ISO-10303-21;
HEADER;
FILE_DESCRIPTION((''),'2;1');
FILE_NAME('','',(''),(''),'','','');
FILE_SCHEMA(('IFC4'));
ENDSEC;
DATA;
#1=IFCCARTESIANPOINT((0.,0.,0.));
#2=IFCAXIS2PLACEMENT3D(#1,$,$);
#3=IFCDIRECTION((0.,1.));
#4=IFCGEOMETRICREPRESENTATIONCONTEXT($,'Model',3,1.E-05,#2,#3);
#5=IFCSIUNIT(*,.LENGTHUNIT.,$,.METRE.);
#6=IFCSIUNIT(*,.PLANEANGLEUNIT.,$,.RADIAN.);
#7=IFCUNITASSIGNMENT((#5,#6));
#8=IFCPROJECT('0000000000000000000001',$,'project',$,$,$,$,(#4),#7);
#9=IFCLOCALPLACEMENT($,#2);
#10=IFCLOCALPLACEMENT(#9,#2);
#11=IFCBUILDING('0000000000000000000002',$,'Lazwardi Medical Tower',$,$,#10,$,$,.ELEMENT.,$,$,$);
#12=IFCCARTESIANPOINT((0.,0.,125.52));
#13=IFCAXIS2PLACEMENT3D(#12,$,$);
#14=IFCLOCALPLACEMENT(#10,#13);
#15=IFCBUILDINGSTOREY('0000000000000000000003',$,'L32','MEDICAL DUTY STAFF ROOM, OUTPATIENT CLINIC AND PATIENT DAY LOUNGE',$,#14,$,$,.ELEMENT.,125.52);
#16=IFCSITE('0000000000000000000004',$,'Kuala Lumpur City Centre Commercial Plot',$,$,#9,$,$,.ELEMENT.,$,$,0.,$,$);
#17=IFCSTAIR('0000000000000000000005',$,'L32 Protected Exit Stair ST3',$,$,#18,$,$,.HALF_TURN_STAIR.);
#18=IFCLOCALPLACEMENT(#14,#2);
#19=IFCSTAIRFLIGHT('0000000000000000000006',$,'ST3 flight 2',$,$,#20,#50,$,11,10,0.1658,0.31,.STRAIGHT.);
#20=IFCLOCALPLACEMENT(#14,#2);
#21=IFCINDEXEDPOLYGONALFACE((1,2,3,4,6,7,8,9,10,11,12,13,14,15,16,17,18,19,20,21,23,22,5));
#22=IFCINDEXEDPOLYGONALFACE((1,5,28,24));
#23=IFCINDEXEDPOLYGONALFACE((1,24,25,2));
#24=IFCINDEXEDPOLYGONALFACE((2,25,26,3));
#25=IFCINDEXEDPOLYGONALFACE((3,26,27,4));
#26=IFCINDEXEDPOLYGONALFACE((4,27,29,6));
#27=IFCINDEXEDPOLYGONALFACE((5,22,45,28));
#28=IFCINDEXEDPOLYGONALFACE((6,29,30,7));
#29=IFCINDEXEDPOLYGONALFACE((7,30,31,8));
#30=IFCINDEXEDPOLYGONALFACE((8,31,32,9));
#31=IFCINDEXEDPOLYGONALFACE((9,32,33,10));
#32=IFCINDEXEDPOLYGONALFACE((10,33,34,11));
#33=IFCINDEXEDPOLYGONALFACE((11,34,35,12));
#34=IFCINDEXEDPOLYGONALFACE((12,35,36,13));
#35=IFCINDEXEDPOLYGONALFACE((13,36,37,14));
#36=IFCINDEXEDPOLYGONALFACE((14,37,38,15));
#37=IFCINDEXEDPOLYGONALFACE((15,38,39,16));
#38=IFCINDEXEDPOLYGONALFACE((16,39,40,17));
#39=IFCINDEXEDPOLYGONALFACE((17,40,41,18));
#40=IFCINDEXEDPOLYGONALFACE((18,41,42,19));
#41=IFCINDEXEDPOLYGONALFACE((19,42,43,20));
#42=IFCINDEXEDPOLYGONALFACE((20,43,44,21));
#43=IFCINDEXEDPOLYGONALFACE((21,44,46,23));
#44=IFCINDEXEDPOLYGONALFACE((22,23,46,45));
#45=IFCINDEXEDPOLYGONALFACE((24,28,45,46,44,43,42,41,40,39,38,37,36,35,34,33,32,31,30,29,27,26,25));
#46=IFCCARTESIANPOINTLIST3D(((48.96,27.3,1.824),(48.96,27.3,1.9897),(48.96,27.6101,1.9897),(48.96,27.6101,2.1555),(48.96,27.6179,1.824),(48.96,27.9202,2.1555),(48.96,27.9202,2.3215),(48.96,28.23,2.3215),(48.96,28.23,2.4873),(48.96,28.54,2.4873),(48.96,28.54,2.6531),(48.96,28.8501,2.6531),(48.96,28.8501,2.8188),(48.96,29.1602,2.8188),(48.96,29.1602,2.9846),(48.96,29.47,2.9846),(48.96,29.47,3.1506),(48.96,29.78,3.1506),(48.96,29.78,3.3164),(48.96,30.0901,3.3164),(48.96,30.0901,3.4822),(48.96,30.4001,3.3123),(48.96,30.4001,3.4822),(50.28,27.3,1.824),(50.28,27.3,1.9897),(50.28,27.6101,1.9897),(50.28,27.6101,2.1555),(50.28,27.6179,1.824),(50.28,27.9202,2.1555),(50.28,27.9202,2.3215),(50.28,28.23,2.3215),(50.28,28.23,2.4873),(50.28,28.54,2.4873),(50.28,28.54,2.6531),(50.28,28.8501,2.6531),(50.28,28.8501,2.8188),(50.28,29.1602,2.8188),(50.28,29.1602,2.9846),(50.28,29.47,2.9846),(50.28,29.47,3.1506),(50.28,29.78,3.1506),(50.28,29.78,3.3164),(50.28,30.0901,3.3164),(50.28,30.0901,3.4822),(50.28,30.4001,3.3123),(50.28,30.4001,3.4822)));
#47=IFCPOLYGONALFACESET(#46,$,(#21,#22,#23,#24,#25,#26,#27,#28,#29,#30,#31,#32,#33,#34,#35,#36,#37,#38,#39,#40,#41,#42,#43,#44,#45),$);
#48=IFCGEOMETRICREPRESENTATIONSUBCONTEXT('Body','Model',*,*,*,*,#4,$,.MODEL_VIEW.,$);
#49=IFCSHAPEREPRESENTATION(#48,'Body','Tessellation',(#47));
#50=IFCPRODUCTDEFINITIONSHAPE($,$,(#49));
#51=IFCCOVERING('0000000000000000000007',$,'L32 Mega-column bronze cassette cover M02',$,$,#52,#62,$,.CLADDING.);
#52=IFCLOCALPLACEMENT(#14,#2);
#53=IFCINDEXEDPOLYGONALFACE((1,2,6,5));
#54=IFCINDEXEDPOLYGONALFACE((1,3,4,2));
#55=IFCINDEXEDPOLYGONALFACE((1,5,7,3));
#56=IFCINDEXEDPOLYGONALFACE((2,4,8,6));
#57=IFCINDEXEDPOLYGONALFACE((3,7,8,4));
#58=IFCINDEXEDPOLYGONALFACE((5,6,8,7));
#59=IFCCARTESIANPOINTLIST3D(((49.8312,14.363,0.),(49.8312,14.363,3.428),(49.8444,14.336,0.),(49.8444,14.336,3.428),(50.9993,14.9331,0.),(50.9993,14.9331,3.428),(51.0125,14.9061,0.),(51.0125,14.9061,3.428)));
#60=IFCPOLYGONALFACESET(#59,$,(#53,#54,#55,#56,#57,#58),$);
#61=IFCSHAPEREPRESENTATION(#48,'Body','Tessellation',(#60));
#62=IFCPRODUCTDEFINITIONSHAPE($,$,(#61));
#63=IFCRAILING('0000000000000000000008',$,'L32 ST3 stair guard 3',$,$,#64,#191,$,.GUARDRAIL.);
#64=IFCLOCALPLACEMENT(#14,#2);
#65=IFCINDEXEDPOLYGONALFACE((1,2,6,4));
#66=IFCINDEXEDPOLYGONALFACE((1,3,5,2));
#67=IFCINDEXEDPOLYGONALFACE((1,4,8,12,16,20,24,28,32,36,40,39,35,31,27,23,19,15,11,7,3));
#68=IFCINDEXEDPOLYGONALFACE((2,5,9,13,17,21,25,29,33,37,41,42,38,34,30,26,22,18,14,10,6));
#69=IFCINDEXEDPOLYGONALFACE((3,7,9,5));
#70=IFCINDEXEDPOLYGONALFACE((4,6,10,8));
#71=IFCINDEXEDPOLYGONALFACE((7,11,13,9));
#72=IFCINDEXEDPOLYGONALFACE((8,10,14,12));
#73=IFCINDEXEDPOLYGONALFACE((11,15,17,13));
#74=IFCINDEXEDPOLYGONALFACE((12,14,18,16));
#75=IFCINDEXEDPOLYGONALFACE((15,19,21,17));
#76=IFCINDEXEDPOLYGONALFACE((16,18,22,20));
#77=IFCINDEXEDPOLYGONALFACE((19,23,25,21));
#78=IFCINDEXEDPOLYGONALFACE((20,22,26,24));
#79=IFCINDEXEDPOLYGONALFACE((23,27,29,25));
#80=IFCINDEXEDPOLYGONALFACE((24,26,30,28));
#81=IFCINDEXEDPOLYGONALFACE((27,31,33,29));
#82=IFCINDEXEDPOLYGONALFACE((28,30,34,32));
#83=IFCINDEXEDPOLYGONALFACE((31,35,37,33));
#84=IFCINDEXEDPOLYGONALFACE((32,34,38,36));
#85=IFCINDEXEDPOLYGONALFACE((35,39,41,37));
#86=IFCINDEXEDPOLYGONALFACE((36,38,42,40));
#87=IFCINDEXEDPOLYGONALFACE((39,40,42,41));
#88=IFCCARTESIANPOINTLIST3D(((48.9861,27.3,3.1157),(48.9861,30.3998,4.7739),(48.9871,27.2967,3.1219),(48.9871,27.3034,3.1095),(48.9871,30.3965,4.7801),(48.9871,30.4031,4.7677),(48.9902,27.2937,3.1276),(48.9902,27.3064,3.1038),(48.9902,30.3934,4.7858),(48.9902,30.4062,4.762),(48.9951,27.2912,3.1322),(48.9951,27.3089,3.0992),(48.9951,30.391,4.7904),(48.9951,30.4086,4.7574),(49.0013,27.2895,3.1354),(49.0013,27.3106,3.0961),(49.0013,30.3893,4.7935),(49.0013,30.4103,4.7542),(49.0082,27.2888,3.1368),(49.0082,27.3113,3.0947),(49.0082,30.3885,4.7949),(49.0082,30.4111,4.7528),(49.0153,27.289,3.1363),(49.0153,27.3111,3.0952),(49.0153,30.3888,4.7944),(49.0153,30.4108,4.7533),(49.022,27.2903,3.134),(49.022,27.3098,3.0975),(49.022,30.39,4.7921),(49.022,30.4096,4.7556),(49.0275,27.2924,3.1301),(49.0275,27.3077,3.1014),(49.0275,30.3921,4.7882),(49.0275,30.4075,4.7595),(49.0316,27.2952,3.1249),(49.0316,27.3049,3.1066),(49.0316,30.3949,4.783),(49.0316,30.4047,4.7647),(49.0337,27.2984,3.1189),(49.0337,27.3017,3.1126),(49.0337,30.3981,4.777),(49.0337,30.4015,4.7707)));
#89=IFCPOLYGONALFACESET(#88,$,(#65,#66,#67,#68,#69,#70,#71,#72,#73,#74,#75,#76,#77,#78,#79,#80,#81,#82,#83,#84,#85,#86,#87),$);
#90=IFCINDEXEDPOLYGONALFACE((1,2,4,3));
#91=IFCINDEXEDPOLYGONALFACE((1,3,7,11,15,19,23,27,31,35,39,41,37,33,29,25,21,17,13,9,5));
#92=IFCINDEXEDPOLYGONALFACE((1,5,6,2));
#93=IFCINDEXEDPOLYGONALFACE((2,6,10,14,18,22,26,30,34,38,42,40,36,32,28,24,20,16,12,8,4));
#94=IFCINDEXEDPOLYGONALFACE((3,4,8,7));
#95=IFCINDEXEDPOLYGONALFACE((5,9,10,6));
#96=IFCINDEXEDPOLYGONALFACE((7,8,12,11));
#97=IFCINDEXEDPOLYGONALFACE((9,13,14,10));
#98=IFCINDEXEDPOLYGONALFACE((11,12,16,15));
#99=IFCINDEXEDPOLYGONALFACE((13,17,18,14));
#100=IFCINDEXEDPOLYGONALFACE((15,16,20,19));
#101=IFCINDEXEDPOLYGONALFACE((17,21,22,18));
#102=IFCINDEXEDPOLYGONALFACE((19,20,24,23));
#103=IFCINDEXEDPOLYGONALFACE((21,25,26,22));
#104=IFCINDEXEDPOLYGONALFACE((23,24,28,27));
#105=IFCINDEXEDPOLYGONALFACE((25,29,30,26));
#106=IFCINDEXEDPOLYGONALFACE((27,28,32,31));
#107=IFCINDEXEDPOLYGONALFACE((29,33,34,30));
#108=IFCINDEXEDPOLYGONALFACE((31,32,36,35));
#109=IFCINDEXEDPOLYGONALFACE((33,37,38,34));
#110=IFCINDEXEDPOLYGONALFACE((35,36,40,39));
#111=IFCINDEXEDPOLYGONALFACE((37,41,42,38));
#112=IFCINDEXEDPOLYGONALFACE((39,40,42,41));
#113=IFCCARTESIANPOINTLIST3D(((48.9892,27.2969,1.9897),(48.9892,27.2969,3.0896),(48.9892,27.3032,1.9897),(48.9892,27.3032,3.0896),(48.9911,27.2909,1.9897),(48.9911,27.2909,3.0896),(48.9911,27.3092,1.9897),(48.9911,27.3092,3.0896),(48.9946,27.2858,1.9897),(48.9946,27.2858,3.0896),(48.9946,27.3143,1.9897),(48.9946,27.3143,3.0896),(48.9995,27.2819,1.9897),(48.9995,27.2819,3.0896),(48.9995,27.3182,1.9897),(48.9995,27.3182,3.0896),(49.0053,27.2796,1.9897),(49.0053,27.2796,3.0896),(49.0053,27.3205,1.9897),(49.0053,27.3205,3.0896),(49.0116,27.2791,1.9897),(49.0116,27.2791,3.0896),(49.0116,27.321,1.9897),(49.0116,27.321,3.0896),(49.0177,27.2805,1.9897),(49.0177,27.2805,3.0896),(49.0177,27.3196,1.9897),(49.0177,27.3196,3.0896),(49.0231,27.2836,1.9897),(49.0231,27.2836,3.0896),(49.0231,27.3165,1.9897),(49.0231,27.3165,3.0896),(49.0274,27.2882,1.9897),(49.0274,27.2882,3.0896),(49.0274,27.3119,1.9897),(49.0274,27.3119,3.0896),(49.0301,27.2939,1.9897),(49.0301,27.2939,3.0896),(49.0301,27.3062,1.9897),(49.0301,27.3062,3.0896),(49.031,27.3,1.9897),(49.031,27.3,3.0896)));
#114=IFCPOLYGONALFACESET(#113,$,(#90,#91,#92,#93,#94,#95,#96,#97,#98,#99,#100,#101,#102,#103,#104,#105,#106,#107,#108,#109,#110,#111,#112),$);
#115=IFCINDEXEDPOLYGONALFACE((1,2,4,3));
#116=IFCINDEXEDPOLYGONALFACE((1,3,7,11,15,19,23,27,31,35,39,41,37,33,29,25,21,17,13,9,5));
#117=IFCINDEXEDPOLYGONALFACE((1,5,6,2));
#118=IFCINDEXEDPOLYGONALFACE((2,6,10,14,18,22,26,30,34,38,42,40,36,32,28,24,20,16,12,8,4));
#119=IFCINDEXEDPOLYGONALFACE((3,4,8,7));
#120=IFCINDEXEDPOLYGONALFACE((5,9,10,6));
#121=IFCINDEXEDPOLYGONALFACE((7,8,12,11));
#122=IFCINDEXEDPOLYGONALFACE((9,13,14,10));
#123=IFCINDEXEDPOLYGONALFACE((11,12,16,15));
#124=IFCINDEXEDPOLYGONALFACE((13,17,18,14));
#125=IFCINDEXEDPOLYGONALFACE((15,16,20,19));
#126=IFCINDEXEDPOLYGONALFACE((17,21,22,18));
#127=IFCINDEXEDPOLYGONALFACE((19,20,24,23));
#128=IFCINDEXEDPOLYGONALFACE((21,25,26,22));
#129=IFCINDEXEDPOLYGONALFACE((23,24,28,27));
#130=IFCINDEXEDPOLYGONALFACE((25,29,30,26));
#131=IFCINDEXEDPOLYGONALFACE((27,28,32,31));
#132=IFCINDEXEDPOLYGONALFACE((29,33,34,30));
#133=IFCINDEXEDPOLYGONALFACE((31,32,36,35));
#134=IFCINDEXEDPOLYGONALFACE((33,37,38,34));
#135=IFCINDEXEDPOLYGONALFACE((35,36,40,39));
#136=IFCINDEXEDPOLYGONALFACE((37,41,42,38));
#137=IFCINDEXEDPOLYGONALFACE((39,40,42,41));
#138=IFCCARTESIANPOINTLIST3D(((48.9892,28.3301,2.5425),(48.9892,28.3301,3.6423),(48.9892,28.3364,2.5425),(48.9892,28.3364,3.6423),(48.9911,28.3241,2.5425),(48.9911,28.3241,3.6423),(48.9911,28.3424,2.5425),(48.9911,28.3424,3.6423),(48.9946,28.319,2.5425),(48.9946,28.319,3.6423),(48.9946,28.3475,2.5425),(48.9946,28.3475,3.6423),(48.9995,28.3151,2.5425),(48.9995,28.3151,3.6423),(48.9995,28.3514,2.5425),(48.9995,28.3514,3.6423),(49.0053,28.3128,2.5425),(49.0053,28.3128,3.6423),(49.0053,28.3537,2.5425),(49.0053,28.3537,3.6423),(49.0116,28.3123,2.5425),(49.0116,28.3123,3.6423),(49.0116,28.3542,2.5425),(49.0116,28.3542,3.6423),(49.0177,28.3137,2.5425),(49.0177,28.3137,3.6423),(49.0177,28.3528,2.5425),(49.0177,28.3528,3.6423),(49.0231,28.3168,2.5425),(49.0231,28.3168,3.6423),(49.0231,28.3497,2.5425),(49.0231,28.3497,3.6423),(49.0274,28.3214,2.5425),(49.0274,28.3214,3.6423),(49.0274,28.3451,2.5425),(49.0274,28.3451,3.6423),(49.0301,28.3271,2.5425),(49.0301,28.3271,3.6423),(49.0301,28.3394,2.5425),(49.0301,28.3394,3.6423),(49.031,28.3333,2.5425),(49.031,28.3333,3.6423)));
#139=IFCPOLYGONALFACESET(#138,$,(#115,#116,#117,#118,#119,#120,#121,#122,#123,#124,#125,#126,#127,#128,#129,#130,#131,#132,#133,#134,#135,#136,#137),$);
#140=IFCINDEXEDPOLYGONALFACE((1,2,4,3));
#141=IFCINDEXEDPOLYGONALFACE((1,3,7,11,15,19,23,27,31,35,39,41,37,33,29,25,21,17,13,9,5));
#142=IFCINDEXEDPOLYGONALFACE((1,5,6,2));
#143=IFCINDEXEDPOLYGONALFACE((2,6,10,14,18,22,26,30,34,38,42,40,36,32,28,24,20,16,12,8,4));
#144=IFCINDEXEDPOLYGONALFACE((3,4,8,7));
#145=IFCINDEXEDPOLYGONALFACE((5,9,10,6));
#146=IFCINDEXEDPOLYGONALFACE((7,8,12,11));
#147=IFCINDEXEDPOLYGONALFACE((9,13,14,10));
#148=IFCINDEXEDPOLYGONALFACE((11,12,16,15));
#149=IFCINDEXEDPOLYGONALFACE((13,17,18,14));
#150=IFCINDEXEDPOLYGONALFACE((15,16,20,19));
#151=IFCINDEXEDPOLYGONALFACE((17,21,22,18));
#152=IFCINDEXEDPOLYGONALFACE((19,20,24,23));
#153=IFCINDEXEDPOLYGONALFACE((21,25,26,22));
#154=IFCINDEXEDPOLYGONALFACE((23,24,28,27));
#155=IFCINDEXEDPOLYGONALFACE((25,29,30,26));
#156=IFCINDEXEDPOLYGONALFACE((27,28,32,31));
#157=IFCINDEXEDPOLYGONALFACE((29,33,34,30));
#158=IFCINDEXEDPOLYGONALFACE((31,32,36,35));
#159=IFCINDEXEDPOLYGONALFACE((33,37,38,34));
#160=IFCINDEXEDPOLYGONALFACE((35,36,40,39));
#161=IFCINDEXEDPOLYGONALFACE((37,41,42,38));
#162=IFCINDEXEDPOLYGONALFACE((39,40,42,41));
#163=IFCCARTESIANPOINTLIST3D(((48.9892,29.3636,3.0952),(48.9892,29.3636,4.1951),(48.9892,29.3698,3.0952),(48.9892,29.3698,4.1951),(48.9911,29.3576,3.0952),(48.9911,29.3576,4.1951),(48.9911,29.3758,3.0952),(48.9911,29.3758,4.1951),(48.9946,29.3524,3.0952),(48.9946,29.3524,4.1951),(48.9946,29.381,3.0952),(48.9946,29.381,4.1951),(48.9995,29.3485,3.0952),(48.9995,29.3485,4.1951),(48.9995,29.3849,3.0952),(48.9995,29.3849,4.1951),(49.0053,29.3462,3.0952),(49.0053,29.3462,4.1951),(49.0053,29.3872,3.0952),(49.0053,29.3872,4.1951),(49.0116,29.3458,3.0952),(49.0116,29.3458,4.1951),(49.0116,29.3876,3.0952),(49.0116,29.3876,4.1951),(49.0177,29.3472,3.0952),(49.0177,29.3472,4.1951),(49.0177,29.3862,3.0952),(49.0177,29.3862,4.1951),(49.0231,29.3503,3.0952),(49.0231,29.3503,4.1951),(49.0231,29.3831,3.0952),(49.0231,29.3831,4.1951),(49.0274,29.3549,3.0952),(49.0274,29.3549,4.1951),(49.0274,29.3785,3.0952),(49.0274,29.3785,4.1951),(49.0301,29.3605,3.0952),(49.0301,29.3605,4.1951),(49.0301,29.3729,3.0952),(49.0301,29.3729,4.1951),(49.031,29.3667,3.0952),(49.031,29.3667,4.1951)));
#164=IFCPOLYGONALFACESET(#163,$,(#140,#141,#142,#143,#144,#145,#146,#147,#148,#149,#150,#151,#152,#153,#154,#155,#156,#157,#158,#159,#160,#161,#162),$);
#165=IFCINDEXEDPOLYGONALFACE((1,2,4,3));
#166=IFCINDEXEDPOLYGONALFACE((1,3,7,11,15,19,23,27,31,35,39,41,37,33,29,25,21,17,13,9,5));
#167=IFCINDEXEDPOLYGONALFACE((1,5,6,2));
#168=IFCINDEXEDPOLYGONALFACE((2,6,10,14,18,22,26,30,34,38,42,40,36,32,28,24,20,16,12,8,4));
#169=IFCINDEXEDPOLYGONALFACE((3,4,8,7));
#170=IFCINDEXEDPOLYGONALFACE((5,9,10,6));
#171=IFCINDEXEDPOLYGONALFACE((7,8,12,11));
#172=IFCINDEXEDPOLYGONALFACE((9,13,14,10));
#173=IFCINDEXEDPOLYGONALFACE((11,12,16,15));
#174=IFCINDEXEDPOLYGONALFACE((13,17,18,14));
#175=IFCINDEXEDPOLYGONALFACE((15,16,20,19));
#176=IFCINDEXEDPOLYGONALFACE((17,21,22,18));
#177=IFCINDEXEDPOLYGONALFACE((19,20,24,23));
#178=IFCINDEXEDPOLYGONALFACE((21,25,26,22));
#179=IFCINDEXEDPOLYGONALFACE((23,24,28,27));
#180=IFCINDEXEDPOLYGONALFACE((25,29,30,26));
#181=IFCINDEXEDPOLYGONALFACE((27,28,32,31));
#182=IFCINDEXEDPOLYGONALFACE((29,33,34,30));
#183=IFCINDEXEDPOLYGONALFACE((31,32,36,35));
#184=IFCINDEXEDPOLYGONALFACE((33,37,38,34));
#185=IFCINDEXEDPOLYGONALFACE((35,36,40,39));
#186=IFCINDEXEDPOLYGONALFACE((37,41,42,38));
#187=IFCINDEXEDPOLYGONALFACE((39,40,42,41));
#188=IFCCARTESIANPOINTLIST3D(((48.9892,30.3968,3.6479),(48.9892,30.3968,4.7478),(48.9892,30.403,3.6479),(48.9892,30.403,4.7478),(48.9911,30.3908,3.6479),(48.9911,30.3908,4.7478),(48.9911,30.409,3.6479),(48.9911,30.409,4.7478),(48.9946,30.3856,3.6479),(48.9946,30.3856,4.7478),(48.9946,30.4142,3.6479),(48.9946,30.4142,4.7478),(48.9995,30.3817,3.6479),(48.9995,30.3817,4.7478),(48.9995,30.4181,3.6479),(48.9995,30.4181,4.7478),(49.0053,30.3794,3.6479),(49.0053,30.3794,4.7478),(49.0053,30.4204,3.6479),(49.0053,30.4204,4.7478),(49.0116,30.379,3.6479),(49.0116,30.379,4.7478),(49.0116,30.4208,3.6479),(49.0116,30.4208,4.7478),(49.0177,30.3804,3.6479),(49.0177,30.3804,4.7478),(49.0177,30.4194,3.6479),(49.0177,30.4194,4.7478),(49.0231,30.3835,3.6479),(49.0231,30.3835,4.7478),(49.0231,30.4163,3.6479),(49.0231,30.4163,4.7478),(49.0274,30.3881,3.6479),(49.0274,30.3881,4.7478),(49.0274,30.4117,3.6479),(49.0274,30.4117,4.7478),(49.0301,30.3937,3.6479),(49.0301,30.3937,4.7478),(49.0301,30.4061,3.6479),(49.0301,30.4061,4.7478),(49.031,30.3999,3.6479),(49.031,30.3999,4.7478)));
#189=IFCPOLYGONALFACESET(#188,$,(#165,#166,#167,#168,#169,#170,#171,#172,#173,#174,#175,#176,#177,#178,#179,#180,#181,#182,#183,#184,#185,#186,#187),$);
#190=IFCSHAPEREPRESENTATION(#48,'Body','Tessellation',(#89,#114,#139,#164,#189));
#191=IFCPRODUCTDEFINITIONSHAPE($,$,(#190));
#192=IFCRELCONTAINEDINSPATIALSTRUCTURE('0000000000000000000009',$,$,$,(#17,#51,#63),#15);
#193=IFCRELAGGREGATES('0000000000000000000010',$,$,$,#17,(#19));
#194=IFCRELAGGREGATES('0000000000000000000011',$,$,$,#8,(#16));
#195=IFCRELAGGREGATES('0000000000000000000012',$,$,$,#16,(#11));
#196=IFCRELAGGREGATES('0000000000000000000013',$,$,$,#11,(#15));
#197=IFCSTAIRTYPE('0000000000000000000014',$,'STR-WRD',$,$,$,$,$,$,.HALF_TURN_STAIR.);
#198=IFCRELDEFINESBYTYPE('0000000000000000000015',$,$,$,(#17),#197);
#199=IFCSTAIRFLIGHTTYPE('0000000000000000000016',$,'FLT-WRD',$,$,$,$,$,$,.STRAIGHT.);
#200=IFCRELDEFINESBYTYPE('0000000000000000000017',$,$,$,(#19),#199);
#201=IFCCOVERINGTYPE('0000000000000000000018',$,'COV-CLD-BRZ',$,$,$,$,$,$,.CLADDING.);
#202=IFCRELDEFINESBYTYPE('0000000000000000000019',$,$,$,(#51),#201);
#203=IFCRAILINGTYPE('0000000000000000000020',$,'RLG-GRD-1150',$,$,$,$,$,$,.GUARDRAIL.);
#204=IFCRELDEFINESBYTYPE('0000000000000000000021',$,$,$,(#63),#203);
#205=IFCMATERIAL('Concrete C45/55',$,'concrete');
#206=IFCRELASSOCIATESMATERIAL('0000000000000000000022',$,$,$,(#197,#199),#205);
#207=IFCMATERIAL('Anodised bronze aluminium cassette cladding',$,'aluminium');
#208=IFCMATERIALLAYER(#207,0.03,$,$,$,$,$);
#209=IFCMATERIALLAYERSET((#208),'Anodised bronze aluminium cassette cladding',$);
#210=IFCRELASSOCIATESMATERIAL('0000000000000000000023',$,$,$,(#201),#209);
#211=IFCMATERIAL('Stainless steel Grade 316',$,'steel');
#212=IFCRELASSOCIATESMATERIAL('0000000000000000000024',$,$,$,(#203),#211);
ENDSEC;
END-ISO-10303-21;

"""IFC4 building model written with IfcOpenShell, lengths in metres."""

from ifc_helpers import new_model, si_unit, direction, frame, origin, origin_2d, place, context, subcontext, project, spatial, polyline, rectangle, circle, outline, extrude, material, layer, layer_set, type_object, element, aggregate, save


model = new_model("IFC4")

# Units and contexts
model_context = context("Model", 3, precision=1e-05, world=origin(), true_north=direction((0.0, 1.0)))
body_context = subcontext(model_context, "Body", "Model", "MODEL_VIEW")
ifc_project = project(units=[si_unit("LENGTHUNIT", "METRE"), si_unit("PLANEANGLEUNIT", "RADIAN")], contexts=[model_context])

# Site, building, storey
site_placement = place(None, origin())
site = spatial("IfcSite", under=ifc_project, at=site_placement, Name="Kuala Lumpur City Centre Commercial Plot", CompositionType="ELEMENT", RefElevation=0.0)
building_placement = place(site_placement, origin())
building = spatial("IfcBuilding", under=site, at=building_placement, Name="Lazwardi Medical Tower", CompositionType="ELEMENT")
storey_placement = place(building_placement, frame((0.0, 0.0, 125.52)))
storey = spatial("IfcBuildingStorey", under=building, at=storey_placement, Name="L32", Description="MEDICAL DUTY STAFF ROOM, OUTPATIENT CLINIC AND PATIENT DAY LOUNGE", CompositionType="ELEMENT", Elevation=125.52)

# Stair, stair flight
ifc_material_1 = material(Name="Concrete C45/55", Category="concrete")
stair_type = type_object("IfcStairType", Name="STR-WRD", PredefinedType="HALF_TURN_STAIR", material=ifc_material_1)
stair_placement = place(storey_placement, origin())
stair = element("IfcStair", 1, at=stair_placement, inside=storey, type_object=stair_type, Name="L32 Protected Exit Stair ST3", PredefinedType="HALF_TURN_STAIR")
stair_flight_type = type_object("IfcStairFlightType", Name="FLT-WRD", PredefinedType="STRAIGHT", material=ifc_material_1)
stair_flight_placement = place(storey_placement, frame((49.6201, 27.3, 1.824), z_axis=(0.0, 0.0, 1.0), x_axis=(0.0, 1.0, 0.0)))
stair_flight = element("IfcStairFlight", 2, at=stair_flight_placement, type_object=stair_flight_type, Name="ST3 flight 2", NumberOfRisers=11, NumberOfTreads=10, PredefinedType="STRAIGHT", RiserHeight=0.1658, TreadLength=0.31, context=body_context, shape_type="SweptSolid", body=[
    extrude(outline(polyline([(0.0, 0.0), (0.0, 0.1658), (0.3101, 0.1658), (0.3101, 0.3315), (0.6201, 0.3315), (0.6201, 0.4976), (0.9299, 0.4976), (0.9299, 0.6633), (1.24, 0.6633), (1.24, 0.8291), (1.55, 0.8291), (1.55, 0.9949), (1.8601, 0.9949), (1.8601, 1.1606), (2.1699, 1.1606), (2.1699, 1.3267), (2.48, 1.3267), (2.48, 1.4924), (2.79, 1.4924), (2.79, 1.6582), (3.1001, 1.6582), (3.1001, 1.824), (3.1001, 1.4883), (0.3179, 0.0), (0.0, 0.0)])), frame((0.0, 0.6602, 0.0), z_axis=(0.0, -1.0, 0.0), x_axis=(1.0, 0.0, 0.0)), (0.0, 0.0, 1.0), 1.3201),
])
aggregate(stair, [stair_flight])

# Covering
ifc_material_2 = material(Name="Anodised bronze aluminium cassette cladding", Category="aluminium")
ifc_layer_1 = layer(ifc_material_2, 0.03)
ifc_layer_set_1 = layer_set([ifc_layer_1], Name="Anodised bronze aluminium cassette cladding")
covering_type = type_object("IfcCoveringType", Name="COV-CLD-BRZ", PredefinedType="CLADDING", material=ifc_layer_set_1)
covering_placement = place(storey_placement, frame((50.4219, 14.6345, 0.0), z_axis=(0.0, 0.0, 1.0), x_axis=(0.898679, 0.438606, 0.0)))
element("IfcCovering", 3, at=covering_placement, inside=storey, type_object=covering_type, Name="L32 Mega-column bronze cassette cover M02", PredefinedType="CLADDING", context=body_context, shape_type="SweptSolid", body=[
    extrude(rectangle(XDim=1.2998, YDim=0.03, at=origin_2d()), origin(), (0.0, 0.0, 1.0), 3.428),
])

# Railing
ifc_material_3 = material(Name="Stainless steel Grade 316", Category="steel")
railing_type_1 = type_object("IfcRailingType", Name="RLG-GRD-1150", PredefinedType="GUARDRAIL", material=ifc_material_3)
railing_1_placement = place(storey_placement, frame((49.01, 27.3, 1.9897)))
element("IfcRailing", 4, at=railing_1_placement, inside=storey, type_object=railing_type_1, Name="L32 ST3 stair guard 3", PredefinedType="GUARDRAIL", context=body_context, shape_type="SweptSolid", body=[
    extrude(circle(Radius=0.0239, at=origin_2d()), frame((0.0, 0.0, 1.126), z_axis=(0.0, 0.881768, 0.471684), x_axis=(-1.0, 0.0, 0.0)), (0.0, 0.0, 1.0), 3.5154),
    extrude(circle(Radius=0.021, at=origin_2d()), origin(), (0.0, 0.0, 1.0), 1.0999),
    extrude(circle(Radius=0.021, at=origin_2d()), frame((0.0, 1.0332, 0.5527)), (0.0, 0.0, 1.0), 1.0999),
    extrude(circle(Radius=0.021, at=origin_2d()), frame((0.0, 2.0667, 1.1055)), (0.0, 0.0, 1.0), 1.0999),
    extrude(circle(Radius=0.021, at=origin_2d()), frame((0.0, 3.0999, 1.6582)), (0.0, 0.0, 1.0), 1.0999),
])

save(model, "model.ifc")
